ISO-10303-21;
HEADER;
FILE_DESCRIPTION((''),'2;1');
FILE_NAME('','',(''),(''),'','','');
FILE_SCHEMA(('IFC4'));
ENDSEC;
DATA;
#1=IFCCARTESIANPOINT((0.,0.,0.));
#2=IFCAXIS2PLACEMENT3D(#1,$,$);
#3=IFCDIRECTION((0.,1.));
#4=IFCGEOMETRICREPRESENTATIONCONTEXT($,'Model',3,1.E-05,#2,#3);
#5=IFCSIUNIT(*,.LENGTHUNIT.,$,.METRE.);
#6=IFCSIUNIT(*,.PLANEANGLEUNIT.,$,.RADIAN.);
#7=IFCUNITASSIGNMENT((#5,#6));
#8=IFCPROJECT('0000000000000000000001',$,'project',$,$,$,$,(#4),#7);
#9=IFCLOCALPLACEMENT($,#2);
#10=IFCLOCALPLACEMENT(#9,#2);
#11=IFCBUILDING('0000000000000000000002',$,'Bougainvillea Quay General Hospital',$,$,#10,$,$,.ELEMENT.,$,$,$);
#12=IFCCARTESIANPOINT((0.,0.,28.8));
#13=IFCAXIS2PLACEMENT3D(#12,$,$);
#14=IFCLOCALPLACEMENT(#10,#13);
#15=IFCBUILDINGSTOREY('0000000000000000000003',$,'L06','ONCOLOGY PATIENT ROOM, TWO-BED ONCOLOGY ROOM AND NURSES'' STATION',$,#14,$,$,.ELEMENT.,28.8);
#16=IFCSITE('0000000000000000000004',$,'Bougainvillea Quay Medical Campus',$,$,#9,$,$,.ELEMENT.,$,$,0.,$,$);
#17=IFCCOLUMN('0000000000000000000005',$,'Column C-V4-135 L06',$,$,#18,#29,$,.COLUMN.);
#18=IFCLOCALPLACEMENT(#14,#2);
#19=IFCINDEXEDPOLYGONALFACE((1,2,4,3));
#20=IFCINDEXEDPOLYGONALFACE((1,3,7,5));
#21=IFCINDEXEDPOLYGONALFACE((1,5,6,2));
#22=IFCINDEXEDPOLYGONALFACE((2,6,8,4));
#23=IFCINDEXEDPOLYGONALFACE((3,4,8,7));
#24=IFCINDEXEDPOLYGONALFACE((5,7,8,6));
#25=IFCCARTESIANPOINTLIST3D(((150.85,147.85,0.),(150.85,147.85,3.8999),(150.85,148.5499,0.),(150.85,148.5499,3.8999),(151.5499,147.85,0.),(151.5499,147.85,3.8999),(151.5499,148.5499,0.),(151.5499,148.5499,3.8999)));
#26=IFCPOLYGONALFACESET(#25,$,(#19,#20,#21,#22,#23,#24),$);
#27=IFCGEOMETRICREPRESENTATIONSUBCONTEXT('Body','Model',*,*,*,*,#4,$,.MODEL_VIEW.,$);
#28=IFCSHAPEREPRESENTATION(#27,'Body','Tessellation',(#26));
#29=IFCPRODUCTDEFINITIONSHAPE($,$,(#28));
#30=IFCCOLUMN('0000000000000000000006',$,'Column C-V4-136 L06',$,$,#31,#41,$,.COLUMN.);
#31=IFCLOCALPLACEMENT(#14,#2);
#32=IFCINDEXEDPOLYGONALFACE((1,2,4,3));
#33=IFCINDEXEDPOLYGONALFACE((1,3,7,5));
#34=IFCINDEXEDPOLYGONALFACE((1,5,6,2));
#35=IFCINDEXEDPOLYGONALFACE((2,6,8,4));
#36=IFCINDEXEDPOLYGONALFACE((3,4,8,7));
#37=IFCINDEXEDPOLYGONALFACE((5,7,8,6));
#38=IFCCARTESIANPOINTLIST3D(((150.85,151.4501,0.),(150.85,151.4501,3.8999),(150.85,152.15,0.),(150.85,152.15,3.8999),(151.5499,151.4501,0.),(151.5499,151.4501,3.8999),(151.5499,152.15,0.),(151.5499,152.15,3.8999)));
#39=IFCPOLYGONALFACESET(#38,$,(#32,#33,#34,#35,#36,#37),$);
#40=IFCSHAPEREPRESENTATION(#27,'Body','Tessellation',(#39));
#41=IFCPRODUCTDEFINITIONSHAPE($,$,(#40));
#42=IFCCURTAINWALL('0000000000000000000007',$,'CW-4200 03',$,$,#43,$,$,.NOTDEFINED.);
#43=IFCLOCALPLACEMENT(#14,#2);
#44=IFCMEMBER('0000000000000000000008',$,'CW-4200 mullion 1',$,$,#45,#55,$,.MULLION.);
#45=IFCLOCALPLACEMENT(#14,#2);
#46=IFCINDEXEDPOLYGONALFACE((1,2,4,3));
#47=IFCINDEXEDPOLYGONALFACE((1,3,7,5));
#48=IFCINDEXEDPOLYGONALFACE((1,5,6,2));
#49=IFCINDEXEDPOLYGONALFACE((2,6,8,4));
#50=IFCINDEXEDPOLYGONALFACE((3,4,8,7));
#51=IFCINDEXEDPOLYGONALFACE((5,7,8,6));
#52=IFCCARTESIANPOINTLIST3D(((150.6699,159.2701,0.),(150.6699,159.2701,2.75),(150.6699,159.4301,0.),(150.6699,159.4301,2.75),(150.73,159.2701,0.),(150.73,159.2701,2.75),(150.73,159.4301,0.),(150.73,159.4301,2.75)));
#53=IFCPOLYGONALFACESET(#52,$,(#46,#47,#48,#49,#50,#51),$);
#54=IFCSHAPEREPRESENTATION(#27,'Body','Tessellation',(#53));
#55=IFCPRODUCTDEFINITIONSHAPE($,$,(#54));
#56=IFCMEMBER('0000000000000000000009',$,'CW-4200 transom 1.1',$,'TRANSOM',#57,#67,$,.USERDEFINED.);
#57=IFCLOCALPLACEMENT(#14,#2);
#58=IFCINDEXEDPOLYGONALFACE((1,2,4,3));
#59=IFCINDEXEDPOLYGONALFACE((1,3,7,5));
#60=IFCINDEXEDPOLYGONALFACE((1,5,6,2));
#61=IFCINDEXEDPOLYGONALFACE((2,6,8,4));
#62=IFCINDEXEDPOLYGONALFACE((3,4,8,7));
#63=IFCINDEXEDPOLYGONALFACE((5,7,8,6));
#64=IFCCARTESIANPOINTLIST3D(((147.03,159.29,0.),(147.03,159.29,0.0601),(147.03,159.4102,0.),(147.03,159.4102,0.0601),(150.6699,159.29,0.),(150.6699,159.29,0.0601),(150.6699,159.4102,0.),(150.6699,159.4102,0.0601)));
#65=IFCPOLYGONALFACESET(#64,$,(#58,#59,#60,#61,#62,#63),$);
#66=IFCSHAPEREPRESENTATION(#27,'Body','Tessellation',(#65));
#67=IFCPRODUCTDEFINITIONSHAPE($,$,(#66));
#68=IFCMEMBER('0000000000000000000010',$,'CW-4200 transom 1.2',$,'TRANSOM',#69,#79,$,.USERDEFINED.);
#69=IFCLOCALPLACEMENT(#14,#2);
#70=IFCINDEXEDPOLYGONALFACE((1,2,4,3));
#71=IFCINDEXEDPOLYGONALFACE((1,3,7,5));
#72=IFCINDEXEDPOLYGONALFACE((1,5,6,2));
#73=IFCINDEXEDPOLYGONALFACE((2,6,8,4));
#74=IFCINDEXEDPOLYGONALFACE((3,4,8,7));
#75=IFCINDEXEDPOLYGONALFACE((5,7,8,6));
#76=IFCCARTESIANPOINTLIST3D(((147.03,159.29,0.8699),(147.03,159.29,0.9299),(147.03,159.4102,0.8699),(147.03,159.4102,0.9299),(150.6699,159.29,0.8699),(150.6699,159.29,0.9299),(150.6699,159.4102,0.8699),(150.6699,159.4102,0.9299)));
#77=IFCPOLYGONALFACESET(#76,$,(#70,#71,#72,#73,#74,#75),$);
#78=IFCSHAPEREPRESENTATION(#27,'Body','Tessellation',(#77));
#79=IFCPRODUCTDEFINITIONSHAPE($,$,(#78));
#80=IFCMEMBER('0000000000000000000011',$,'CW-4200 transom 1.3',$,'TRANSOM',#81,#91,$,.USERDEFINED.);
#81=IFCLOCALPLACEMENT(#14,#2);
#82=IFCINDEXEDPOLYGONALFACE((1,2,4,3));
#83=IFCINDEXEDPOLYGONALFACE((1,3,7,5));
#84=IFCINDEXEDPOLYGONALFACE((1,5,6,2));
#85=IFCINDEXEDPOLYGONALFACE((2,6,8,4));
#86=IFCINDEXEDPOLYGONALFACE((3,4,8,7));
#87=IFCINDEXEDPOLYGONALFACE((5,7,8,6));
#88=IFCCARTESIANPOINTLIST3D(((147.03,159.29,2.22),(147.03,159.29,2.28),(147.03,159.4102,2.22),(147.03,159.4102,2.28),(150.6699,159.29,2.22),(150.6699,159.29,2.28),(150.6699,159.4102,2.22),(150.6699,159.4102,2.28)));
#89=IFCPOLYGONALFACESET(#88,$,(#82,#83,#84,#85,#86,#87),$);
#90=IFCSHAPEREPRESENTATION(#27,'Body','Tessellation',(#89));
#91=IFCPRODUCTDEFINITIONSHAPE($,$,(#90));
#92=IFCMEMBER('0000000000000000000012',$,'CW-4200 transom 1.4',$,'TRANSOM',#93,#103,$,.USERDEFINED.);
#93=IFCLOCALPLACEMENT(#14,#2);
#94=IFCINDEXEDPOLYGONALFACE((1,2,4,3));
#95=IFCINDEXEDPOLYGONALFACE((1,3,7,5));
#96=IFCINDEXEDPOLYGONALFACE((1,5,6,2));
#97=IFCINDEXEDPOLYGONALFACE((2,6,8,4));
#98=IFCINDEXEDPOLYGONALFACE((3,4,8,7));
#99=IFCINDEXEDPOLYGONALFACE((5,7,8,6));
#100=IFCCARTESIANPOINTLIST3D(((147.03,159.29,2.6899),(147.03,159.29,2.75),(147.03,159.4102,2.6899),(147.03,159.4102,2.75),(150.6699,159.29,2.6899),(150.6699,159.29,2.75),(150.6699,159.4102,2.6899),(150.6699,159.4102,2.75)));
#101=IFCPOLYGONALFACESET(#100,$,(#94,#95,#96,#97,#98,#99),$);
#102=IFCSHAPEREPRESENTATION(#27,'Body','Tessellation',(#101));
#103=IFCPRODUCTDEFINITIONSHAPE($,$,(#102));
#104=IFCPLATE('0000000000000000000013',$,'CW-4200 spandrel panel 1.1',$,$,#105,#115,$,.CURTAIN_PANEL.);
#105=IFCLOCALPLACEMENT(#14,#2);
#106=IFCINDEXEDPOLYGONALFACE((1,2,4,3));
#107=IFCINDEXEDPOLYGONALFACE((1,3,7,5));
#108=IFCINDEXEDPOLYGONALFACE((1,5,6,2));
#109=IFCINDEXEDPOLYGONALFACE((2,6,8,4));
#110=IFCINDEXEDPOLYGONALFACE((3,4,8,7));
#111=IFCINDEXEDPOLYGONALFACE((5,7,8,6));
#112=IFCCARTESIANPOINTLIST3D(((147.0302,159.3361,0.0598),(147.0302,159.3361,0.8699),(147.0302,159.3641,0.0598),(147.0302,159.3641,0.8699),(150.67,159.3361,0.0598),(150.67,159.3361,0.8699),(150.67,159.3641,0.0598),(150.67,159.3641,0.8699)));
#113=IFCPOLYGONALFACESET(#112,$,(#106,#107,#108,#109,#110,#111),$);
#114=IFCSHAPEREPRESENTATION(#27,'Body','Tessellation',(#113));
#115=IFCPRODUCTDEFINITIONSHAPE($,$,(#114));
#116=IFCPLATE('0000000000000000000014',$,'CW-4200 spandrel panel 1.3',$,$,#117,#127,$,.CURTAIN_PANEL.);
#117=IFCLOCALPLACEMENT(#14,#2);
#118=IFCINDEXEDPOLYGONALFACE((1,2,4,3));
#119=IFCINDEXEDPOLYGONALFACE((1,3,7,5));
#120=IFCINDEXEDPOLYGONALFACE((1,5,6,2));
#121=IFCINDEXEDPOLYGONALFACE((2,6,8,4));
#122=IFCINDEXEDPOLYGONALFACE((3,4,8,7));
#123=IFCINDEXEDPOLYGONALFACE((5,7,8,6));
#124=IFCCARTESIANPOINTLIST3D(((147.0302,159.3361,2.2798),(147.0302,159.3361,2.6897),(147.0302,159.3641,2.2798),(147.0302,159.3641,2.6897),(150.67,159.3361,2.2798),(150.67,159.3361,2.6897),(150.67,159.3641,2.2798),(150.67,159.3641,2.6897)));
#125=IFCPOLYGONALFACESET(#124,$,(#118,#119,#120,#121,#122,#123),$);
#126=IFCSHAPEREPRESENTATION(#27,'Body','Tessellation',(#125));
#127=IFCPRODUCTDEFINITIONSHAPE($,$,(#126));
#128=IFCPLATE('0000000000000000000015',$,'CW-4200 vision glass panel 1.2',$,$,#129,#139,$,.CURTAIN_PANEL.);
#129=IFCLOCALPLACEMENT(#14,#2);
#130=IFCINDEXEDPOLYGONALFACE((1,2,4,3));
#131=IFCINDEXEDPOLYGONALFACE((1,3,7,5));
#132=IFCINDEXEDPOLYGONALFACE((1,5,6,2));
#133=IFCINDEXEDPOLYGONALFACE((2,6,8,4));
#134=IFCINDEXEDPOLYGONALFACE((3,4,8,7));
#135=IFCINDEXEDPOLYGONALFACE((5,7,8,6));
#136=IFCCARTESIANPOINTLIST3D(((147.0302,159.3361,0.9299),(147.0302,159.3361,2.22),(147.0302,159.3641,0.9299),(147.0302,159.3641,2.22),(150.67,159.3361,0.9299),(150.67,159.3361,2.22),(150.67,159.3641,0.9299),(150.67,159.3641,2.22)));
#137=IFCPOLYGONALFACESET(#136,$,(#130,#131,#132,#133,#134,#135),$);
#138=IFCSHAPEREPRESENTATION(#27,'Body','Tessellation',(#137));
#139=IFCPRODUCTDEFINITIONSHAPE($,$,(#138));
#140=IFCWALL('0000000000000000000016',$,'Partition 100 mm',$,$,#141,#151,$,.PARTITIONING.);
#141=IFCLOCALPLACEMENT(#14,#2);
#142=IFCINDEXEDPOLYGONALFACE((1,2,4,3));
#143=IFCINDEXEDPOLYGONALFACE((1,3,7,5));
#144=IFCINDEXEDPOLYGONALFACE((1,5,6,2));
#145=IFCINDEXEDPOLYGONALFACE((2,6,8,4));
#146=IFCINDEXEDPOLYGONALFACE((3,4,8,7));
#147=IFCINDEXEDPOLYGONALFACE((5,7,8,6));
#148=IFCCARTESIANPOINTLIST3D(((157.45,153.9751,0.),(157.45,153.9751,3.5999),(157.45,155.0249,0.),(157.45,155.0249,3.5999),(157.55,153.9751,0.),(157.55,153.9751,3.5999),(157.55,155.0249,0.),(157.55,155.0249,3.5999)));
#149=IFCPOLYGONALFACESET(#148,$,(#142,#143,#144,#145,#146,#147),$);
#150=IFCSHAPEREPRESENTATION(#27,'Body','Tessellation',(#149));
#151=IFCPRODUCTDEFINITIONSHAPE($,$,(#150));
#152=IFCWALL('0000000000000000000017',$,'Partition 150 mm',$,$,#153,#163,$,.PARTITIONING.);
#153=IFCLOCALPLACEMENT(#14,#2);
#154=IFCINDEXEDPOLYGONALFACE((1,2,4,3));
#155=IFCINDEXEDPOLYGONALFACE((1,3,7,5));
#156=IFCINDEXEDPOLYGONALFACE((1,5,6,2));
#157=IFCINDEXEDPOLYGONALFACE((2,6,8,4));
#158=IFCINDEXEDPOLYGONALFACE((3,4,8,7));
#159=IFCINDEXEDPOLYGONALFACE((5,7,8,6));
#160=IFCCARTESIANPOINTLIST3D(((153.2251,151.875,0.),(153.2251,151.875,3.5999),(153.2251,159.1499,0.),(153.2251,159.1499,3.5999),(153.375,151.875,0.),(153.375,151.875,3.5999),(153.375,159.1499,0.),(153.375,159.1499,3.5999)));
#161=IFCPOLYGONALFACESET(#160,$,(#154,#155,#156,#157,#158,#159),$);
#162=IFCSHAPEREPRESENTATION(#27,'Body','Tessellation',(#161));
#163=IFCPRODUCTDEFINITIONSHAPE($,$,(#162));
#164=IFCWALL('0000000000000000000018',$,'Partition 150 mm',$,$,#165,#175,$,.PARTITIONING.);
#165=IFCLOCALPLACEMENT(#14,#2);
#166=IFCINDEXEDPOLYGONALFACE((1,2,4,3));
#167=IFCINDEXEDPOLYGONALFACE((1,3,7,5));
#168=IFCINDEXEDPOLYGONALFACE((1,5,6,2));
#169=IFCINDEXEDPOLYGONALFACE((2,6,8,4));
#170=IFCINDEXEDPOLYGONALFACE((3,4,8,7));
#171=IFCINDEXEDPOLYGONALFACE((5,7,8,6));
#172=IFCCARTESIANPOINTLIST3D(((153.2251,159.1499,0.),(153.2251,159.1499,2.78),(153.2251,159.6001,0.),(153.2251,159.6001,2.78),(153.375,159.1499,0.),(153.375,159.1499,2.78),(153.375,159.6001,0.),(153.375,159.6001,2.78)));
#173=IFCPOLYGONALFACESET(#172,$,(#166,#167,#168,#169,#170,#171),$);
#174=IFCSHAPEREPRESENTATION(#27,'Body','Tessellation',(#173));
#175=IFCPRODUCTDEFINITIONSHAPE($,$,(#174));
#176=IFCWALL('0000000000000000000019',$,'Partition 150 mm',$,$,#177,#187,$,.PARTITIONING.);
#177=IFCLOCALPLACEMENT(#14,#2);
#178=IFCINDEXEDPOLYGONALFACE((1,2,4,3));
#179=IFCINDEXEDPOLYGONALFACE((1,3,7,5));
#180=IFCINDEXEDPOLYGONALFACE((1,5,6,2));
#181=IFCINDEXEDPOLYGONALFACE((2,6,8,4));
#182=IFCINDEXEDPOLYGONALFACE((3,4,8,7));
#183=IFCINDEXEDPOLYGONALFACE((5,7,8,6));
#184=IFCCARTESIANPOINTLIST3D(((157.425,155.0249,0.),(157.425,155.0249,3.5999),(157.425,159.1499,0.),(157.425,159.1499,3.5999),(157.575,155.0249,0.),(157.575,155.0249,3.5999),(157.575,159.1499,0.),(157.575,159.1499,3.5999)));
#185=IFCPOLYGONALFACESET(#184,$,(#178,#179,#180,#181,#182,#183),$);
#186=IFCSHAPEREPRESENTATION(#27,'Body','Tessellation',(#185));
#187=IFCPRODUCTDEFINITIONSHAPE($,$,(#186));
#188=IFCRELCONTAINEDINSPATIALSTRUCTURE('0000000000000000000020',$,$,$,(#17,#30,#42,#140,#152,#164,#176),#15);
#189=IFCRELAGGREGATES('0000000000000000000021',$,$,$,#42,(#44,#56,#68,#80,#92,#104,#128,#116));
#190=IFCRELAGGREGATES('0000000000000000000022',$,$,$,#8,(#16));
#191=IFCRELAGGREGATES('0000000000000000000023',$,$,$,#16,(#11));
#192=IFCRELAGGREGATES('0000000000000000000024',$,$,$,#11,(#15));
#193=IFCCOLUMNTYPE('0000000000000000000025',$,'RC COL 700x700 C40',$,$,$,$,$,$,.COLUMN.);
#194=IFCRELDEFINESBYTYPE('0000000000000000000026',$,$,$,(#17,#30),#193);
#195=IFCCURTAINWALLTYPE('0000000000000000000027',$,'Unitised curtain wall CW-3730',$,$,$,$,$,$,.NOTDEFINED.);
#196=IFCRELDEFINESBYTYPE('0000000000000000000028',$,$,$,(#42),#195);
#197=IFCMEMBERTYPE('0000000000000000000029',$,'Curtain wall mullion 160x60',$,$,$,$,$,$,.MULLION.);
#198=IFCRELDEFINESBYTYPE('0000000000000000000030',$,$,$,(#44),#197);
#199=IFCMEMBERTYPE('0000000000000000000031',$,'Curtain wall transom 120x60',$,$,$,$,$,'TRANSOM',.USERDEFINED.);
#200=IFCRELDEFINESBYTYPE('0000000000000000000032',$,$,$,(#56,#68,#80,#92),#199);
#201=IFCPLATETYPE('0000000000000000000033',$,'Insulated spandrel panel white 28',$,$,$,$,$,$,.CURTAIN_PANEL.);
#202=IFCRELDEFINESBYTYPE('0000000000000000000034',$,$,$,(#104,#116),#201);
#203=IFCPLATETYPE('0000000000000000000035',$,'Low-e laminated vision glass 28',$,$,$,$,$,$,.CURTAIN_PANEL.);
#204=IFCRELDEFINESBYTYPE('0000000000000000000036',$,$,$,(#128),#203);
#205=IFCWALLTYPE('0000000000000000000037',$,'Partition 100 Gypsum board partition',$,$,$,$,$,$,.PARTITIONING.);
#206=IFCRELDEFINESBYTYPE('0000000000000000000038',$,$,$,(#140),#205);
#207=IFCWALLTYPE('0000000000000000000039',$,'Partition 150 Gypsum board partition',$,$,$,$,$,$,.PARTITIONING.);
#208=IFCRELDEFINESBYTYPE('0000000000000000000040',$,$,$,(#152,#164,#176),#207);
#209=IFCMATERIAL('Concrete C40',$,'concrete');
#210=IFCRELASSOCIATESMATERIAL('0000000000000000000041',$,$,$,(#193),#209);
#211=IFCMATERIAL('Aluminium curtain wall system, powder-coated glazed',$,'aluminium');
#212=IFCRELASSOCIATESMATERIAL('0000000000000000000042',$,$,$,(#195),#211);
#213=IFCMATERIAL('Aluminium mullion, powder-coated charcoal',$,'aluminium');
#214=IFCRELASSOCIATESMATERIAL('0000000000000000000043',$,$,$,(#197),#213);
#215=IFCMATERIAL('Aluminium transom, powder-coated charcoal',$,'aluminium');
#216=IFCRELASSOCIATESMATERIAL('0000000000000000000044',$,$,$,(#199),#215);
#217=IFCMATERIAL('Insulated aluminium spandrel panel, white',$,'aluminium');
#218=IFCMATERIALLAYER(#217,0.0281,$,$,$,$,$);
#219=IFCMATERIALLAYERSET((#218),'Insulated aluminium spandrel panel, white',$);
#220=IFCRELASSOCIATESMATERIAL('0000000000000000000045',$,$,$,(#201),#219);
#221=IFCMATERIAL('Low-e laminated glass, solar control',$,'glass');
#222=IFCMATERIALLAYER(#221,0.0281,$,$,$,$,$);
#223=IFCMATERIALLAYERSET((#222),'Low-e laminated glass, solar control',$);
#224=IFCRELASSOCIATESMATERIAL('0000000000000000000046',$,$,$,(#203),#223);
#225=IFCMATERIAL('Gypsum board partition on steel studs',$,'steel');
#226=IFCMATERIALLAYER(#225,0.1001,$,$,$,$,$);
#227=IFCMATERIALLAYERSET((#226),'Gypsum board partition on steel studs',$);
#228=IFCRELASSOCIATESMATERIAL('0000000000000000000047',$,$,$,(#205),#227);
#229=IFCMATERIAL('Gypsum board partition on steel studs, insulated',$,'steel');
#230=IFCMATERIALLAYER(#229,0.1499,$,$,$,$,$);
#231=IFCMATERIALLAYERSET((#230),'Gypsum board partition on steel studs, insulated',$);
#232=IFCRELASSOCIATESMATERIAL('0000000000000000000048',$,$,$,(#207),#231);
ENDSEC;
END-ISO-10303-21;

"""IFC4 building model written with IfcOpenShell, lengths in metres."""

from ifc_helpers import new_model, si_unit, direction, frame, frame_2d, origin, origin_2d, place, context, subcontext, project, spatial, rectangle, extrude, material, layer, layer_set, material_profile, profile_set, type_object, element, aggregate, save


model = new_model("IFC4")

# Units and contexts
model_context = context("Model", 3, precision=1e-05, world=origin(), true_north=direction((0.0, 1.0)))
body_context = subcontext(model_context, "Body", "Model", "MODEL_VIEW")
ifc_project = project(units=[si_unit("LENGTHUNIT", "METRE"), si_unit("PLANEANGLEUNIT", "RADIAN")], contexts=[model_context])

# Site, building, storey
site_placement = place(None, origin())
site = spatial("IfcSite", under=ifc_project, at=site_placement, Name="Bougainvillea Quay Medical Campus", CompositionType="ELEMENT", RefElevation=0.0)
building_placement = place(site_placement, origin())
building = spatial("IfcBuilding", under=site, at=building_placement, Name="Bougainvillea Quay General Hospital", CompositionType="ELEMENT")
storey_placement = place(building_placement, frame((0.0, 0.0, 28.8)))
storey = spatial("IfcBuildingStorey", under=building, at=storey_placement, Name="L06", Description="ONCOLOGY PATIENT ROOM, TWO-BED ONCOLOGY ROOM AND NURSES' STATION", CompositionType="ELEMENT", Elevation=28.8)

# Columns
ifc_material_1 = material(Name="Concrete C40", Category="concrete")
ifc_material_profile_1 = material_profile(ifc_material_1, rectangle(XDim=0.7, YDim=0.7, at=origin_2d()))
ifc_profile_set_1 = profile_set([ifc_material_profile_1], Name="Concrete C40")
column_type = type_object("IfcColumnType", Name="RC COL 700x700 C40", PredefinedType="COLUMN", material=ifc_profile_set_1)
for number, where, z_axis, x_axis, name in (
    (1, (151.2, 148.2, 0.0), (0.0, 0.0, 1.0), (1.0, 0.0, 0.0), "Column C-V4-135 L06"),
    (2, (151.2, 151.8, 0.0), (0.0, 0.0, 1.0), (1.0, 0.0, 0.0), "Column C-V4-136 L06"),
):
    element("IfcColumn", number, at=place(storey_placement, frame(where, z_axis=z_axis, x_axis=x_axis)), inside=storey, type_object=column_type, Name=name, PredefinedType="COLUMN", context=body_context, shape_type="SweptSolid", body=[
        extrude(rectangle(XDim=0.7, YDim=0.7, at=origin_2d()), origin(), (0.0, 0.0, 1.0), 3.8999),
    ])

# Curtain wall, members, plates
ifc_material_2 = material(Name="Aluminium curtain wall system, powder-coated glazed", Category="aluminium")
curtain_wall_type = type_object("IfcCurtainWallType", Name="Unitised curtain wall CW-3730", PredefinedType="NOTDEFINED", material=ifc_material_2)
curtain_wall_placement = place(storey_placement, origin())
curtain_wall = element("IfcCurtainWall", 3, at=curtain_wall_placement, inside=storey, type_object=curtain_wall_type, Name="CW-4200 03", PredefinedType="NOTDEFINED")
ifc_material_3 = material(Name="Aluminium mullion, powder-coated charcoal", Category="aluminium")
ifc_material_profile_2 = material_profile(ifc_material_3, rectangle(XDim=0.1599, YDim=0.0601, at=origin_2d()))
ifc_profile_set_2 = profile_set([ifc_material_profile_2], Name="Aluminium mullion, powder-coated charcoal")
member_type_1 = type_object("IfcMemberType", Name="Curtain wall mullion 160x60", PredefinedType="MULLION", material=ifc_profile_set_2)
member_1_placement = place(storey_placement, frame((150.7, 159.3501, 0.0), z_axis=(0.0, 0.0, 1.0), x_axis=(0.0, -1.0, 0.0)))
member_1 = element("IfcMember", 4, at=member_1_placement, type_object=member_type_1, Name="CW-4200 mullion 1", PredefinedType="MULLION", context=body_context, shape_type="SweptSolid", body=[
    extrude(rectangle(XDim=0.1599, YDim=0.0601, at=origin_2d()), origin(), (0.0, 0.0, 1.0), 2.75),
])
ifc_material_4 = material(Name="Aluminium transom, powder-coated charcoal", Category="aluminium")
ifc_material_profile_3 = material_profile(ifc_material_4, rectangle(XDim=0.1201, YDim=0.0601, at=origin_2d()))
ifc_profile_set_3 = profile_set([ifc_material_profile_3], Name="Aluminium transom, powder-coated charcoal")
member_type_2 = type_object("IfcMemberType", Name="Curtain wall transom 120x60", ElementType="TRANSOM", PredefinedType="USERDEFINED", material=ifc_profile_set_3)
member_2_placement = place(storey_placement, frame((150.6699, 159.3501, 0.03), z_axis=(-1.0, 0.0, 0.0), x_axis=(0.0, -1.0, 0.0)))
member_2 = element("IfcMember", 5, at=member_2_placement, type_object=member_type_2, Name="CW-4200 transom 1.1", ObjectType="TRANSOM", PredefinedType="USERDEFINED", context=body_context, shape_type="SweptSolid", body=[
    extrude(rectangle(XDim=0.1201, YDim=0.0601, at=origin_2d()), origin(), (0.0, 0.0, 1.0), 3.6399),
])
member_3_placement = place(storey_placement, frame((150.6699, 159.3501, 0.8999), z_axis=(-1.0, 0.0, 0.0), x_axis=(0.0, -1.0, 0.0)))
member_3 = element("IfcMember", 6, at=member_3_placement, type_object=member_type_2, Name="CW-4200 transom 1.2", ObjectType="TRANSOM", PredefinedType="USERDEFINED", context=body_context, shape_type="SweptSolid", body=[
    extrude(rectangle(XDim=0.1201, YDim=0.0601, at=origin_2d()), origin(), (0.0, 0.0, 1.0), 3.6399),
])
member_4_placement = place(storey_placement, frame((150.6699, 159.3501, 2.25), z_axis=(-1.0, 0.0, 0.0), x_axis=(0.0, -1.0, 0.0)))
member_4 = element("IfcMember", 7, at=member_4_placement, type_object=member_type_2, Name="CW-4200 transom 1.3", ObjectType="TRANSOM", PredefinedType="USERDEFINED", context=body_context, shape_type="SweptSolid", body=[
    extrude(rectangle(XDim=0.1201, YDim=0.0601, at=origin_2d()), origin(), (0.0, 0.0, 1.0), 3.6399),
])
member_5_placement = place(storey_placement, frame((150.6699, 159.3501, 2.72), z_axis=(-1.0, 0.0, 0.0), x_axis=(0.0, -1.0, 0.0)))
member_5 = element("IfcMember", 8, at=member_5_placement, type_object=member_type_2, Name="CW-4200 transom 1.4", ObjectType="TRANSOM", PredefinedType="USERDEFINED", context=body_context, shape_type="SweptSolid", body=[
    extrude(rectangle(XDim=0.1201, YDim=0.0601, at=origin_2d()), origin(), (0.0, 0.0, 1.0), 3.6399),
])
ifc_material_5 = material(Name="Insulated aluminium spandrel panel, white", Category="aluminium")
ifc_layer_1 = layer(ifc_material_5, 0.0281)
ifc_layer_set_1 = layer_set([ifc_layer_1], Name="Insulated aluminium spandrel panel, white")
plate_type_1 = type_object("IfcPlateType", Name="Insulated spandrel panel white 28", PredefinedType="CURTAIN_PANEL", material=ifc_layer_set_1)
plate_1_placement = place(storey_placement, frame((148.8501, 159.3501, 0.0598), z_axis=(0.0, 0.0, 1.0), x_axis=(-1.0, 0.0, 0.0)))
plate_1 = element("IfcPlate", 9, at=plate_1_placement, type_object=plate_type_1, Name="CW-4200 spandrel panel 1.1", PredefinedType="CURTAIN_PANEL", context=body_context, shape_type="SweptSolid", body=[
    extrude(rectangle(XDim=3.6399, YDim=0.0281, at=origin_2d()), origin(), (0.0, 0.0, 1.0), 0.8101),
])
plate_2_placement = place(storey_placement, frame((148.8501, 159.3501, 2.2798), z_axis=(0.0, 0.0, 1.0), x_axis=(-1.0, 0.0, 0.0)))
plate_2 = element("IfcPlate", 10, at=plate_2_placement, type_object=plate_type_1, Name="CW-4200 spandrel panel 1.3", PredefinedType="CURTAIN_PANEL", context=body_context, shape_type="SweptSolid", body=[
    extrude(rectangle(XDim=3.6399, YDim=0.0281, at=origin_2d()), origin(), (0.0, 0.0, 1.0), 0.4099),
])
ifc_material_6 = material(Name="Low-e laminated glass, solar control", Category="glass")
ifc_layer_2 = layer(ifc_material_6, 0.0281)
ifc_layer_set_2 = layer_set([ifc_layer_2], Name="Low-e laminated glass, solar control")
plate_type_2 = type_object("IfcPlateType", Name="Low-e laminated vision glass 28", PredefinedType="CURTAIN_PANEL", material=ifc_layer_set_2)
plate_3_placement = place(storey_placement, frame((148.8501, 159.3501, 0.9299), z_axis=(0.0, 0.0, 1.0), x_axis=(-1.0, 0.0, 0.0)))
plate_3 = element("IfcPlate", 11, at=plate_3_placement, type_object=plate_type_2, Name="CW-4200 vision glass panel 1.2", PredefinedType="CURTAIN_PANEL", context=body_context, shape_type="SweptSolid", body=[
    extrude(rectangle(XDim=3.6399, YDim=0.0281, at=origin_2d()), origin(), (0.0, 0.0, 1.0), 1.29),
])
aggregate(curtain_wall, [member_1, member_2, member_3, member_4, member_5, plate_1, plate_3, plate_2])

# Walls
ifc_material_7 = material(Name="Gypsum board partition on steel studs", Category="steel")
ifc_layer_3 = layer(ifc_material_7, 0.1001)
ifc_layer_set_3 = layer_set([ifc_layer_3], Name="Gypsum board partition on steel studs")
wall_type_1 = type_object("IfcWallType", Name="Partition 100 Gypsum board partition", PredefinedType="PARTITIONING", material=ifc_layer_set_3)
wall_1_placement = place(storey_placement, frame((157.5, 153.9751, 0.0), z_axis=(0.0, 0.0, 1.0), x_axis=(0.0, 1.0, 0.0)))
element("IfcWall", 12, at=wall_1_placement, inside=storey, type_object=wall_type_1, Name="Partition 100 mm", PredefinedType="PARTITIONING", context=body_context, shape_type="SweptSolid", body=[
    extrude(rectangle(XDim=1.0498, YDim=0.1001, at=frame_2d((0.5249, 0.0))), origin(), (0.0, 0.0, 1.0), 3.5999),
])
ifc_material_8 = material(Name="Gypsum board partition on steel studs, insulated", Category="steel")
ifc_layer_4 = layer(ifc_material_8, 0.1499)
ifc_layer_set_4 = layer_set([ifc_layer_4], Name="Gypsum board partition on steel studs, insulated")
wall_type_2 = type_object("IfcWallType", Name="Partition 150 Gypsum board partition", PredefinedType="PARTITIONING", material=ifc_layer_set_4)
wall_2_placement = place(storey_placement, frame((153.3, 151.875, 0.0), z_axis=(0.0, 0.0, 1.0), x_axis=(0.0, 1.0, 0.0)))
element("IfcWall", 13, at=wall_2_placement, inside=storey, type_object=wall_type_2, Name="Partition 150 mm", PredefinedType="PARTITIONING", context=body_context, shape_type="SweptSolid", body=[
    extrude(rectangle(XDim=7.2749, YDim=0.1499, at=frame_2d((3.6375, 0.0))), origin(), (0.0, 0.0, 1.0), 3.5999),
])
wall_3_placement = place(storey_placement, frame((153.3, 159.1499, 0.0), z_axis=(0.0, 0.0, 1.0), x_axis=(0.0, 1.0, 0.0)))
element("IfcWall", 14, at=wall_3_placement, inside=storey, type_object=wall_type_2, Name="Partition 150 mm", PredefinedType="PARTITIONING", context=body_context, shape_type="SweptSolid", body=[
    extrude(rectangle(XDim=0.4502, YDim=0.1499, at=frame_2d((0.2251, 0.0))), origin(), (0.0, 0.0, 1.0), 2.78),
])
wall_4_placement = place(storey_placement, frame((157.5, 155.0249, 0.0), z_axis=(0.0, 0.0, 1.0), x_axis=(0.0, 1.0, 0.0)))
element("IfcWall", 15, at=wall_4_placement, inside=storey, type_object=wall_type_2, Name="Partition 150 mm", PredefinedType="PARTITIONING", context=body_context, shape_type="SweptSolid", body=[
    extrude(rectangle(XDim=4.125, YDim=0.1499, at=frame_2d((2.0625, 0.0))), origin(), (0.0, 0.0, 1.0), 3.5999),
])

save(model, "model.ifc")
